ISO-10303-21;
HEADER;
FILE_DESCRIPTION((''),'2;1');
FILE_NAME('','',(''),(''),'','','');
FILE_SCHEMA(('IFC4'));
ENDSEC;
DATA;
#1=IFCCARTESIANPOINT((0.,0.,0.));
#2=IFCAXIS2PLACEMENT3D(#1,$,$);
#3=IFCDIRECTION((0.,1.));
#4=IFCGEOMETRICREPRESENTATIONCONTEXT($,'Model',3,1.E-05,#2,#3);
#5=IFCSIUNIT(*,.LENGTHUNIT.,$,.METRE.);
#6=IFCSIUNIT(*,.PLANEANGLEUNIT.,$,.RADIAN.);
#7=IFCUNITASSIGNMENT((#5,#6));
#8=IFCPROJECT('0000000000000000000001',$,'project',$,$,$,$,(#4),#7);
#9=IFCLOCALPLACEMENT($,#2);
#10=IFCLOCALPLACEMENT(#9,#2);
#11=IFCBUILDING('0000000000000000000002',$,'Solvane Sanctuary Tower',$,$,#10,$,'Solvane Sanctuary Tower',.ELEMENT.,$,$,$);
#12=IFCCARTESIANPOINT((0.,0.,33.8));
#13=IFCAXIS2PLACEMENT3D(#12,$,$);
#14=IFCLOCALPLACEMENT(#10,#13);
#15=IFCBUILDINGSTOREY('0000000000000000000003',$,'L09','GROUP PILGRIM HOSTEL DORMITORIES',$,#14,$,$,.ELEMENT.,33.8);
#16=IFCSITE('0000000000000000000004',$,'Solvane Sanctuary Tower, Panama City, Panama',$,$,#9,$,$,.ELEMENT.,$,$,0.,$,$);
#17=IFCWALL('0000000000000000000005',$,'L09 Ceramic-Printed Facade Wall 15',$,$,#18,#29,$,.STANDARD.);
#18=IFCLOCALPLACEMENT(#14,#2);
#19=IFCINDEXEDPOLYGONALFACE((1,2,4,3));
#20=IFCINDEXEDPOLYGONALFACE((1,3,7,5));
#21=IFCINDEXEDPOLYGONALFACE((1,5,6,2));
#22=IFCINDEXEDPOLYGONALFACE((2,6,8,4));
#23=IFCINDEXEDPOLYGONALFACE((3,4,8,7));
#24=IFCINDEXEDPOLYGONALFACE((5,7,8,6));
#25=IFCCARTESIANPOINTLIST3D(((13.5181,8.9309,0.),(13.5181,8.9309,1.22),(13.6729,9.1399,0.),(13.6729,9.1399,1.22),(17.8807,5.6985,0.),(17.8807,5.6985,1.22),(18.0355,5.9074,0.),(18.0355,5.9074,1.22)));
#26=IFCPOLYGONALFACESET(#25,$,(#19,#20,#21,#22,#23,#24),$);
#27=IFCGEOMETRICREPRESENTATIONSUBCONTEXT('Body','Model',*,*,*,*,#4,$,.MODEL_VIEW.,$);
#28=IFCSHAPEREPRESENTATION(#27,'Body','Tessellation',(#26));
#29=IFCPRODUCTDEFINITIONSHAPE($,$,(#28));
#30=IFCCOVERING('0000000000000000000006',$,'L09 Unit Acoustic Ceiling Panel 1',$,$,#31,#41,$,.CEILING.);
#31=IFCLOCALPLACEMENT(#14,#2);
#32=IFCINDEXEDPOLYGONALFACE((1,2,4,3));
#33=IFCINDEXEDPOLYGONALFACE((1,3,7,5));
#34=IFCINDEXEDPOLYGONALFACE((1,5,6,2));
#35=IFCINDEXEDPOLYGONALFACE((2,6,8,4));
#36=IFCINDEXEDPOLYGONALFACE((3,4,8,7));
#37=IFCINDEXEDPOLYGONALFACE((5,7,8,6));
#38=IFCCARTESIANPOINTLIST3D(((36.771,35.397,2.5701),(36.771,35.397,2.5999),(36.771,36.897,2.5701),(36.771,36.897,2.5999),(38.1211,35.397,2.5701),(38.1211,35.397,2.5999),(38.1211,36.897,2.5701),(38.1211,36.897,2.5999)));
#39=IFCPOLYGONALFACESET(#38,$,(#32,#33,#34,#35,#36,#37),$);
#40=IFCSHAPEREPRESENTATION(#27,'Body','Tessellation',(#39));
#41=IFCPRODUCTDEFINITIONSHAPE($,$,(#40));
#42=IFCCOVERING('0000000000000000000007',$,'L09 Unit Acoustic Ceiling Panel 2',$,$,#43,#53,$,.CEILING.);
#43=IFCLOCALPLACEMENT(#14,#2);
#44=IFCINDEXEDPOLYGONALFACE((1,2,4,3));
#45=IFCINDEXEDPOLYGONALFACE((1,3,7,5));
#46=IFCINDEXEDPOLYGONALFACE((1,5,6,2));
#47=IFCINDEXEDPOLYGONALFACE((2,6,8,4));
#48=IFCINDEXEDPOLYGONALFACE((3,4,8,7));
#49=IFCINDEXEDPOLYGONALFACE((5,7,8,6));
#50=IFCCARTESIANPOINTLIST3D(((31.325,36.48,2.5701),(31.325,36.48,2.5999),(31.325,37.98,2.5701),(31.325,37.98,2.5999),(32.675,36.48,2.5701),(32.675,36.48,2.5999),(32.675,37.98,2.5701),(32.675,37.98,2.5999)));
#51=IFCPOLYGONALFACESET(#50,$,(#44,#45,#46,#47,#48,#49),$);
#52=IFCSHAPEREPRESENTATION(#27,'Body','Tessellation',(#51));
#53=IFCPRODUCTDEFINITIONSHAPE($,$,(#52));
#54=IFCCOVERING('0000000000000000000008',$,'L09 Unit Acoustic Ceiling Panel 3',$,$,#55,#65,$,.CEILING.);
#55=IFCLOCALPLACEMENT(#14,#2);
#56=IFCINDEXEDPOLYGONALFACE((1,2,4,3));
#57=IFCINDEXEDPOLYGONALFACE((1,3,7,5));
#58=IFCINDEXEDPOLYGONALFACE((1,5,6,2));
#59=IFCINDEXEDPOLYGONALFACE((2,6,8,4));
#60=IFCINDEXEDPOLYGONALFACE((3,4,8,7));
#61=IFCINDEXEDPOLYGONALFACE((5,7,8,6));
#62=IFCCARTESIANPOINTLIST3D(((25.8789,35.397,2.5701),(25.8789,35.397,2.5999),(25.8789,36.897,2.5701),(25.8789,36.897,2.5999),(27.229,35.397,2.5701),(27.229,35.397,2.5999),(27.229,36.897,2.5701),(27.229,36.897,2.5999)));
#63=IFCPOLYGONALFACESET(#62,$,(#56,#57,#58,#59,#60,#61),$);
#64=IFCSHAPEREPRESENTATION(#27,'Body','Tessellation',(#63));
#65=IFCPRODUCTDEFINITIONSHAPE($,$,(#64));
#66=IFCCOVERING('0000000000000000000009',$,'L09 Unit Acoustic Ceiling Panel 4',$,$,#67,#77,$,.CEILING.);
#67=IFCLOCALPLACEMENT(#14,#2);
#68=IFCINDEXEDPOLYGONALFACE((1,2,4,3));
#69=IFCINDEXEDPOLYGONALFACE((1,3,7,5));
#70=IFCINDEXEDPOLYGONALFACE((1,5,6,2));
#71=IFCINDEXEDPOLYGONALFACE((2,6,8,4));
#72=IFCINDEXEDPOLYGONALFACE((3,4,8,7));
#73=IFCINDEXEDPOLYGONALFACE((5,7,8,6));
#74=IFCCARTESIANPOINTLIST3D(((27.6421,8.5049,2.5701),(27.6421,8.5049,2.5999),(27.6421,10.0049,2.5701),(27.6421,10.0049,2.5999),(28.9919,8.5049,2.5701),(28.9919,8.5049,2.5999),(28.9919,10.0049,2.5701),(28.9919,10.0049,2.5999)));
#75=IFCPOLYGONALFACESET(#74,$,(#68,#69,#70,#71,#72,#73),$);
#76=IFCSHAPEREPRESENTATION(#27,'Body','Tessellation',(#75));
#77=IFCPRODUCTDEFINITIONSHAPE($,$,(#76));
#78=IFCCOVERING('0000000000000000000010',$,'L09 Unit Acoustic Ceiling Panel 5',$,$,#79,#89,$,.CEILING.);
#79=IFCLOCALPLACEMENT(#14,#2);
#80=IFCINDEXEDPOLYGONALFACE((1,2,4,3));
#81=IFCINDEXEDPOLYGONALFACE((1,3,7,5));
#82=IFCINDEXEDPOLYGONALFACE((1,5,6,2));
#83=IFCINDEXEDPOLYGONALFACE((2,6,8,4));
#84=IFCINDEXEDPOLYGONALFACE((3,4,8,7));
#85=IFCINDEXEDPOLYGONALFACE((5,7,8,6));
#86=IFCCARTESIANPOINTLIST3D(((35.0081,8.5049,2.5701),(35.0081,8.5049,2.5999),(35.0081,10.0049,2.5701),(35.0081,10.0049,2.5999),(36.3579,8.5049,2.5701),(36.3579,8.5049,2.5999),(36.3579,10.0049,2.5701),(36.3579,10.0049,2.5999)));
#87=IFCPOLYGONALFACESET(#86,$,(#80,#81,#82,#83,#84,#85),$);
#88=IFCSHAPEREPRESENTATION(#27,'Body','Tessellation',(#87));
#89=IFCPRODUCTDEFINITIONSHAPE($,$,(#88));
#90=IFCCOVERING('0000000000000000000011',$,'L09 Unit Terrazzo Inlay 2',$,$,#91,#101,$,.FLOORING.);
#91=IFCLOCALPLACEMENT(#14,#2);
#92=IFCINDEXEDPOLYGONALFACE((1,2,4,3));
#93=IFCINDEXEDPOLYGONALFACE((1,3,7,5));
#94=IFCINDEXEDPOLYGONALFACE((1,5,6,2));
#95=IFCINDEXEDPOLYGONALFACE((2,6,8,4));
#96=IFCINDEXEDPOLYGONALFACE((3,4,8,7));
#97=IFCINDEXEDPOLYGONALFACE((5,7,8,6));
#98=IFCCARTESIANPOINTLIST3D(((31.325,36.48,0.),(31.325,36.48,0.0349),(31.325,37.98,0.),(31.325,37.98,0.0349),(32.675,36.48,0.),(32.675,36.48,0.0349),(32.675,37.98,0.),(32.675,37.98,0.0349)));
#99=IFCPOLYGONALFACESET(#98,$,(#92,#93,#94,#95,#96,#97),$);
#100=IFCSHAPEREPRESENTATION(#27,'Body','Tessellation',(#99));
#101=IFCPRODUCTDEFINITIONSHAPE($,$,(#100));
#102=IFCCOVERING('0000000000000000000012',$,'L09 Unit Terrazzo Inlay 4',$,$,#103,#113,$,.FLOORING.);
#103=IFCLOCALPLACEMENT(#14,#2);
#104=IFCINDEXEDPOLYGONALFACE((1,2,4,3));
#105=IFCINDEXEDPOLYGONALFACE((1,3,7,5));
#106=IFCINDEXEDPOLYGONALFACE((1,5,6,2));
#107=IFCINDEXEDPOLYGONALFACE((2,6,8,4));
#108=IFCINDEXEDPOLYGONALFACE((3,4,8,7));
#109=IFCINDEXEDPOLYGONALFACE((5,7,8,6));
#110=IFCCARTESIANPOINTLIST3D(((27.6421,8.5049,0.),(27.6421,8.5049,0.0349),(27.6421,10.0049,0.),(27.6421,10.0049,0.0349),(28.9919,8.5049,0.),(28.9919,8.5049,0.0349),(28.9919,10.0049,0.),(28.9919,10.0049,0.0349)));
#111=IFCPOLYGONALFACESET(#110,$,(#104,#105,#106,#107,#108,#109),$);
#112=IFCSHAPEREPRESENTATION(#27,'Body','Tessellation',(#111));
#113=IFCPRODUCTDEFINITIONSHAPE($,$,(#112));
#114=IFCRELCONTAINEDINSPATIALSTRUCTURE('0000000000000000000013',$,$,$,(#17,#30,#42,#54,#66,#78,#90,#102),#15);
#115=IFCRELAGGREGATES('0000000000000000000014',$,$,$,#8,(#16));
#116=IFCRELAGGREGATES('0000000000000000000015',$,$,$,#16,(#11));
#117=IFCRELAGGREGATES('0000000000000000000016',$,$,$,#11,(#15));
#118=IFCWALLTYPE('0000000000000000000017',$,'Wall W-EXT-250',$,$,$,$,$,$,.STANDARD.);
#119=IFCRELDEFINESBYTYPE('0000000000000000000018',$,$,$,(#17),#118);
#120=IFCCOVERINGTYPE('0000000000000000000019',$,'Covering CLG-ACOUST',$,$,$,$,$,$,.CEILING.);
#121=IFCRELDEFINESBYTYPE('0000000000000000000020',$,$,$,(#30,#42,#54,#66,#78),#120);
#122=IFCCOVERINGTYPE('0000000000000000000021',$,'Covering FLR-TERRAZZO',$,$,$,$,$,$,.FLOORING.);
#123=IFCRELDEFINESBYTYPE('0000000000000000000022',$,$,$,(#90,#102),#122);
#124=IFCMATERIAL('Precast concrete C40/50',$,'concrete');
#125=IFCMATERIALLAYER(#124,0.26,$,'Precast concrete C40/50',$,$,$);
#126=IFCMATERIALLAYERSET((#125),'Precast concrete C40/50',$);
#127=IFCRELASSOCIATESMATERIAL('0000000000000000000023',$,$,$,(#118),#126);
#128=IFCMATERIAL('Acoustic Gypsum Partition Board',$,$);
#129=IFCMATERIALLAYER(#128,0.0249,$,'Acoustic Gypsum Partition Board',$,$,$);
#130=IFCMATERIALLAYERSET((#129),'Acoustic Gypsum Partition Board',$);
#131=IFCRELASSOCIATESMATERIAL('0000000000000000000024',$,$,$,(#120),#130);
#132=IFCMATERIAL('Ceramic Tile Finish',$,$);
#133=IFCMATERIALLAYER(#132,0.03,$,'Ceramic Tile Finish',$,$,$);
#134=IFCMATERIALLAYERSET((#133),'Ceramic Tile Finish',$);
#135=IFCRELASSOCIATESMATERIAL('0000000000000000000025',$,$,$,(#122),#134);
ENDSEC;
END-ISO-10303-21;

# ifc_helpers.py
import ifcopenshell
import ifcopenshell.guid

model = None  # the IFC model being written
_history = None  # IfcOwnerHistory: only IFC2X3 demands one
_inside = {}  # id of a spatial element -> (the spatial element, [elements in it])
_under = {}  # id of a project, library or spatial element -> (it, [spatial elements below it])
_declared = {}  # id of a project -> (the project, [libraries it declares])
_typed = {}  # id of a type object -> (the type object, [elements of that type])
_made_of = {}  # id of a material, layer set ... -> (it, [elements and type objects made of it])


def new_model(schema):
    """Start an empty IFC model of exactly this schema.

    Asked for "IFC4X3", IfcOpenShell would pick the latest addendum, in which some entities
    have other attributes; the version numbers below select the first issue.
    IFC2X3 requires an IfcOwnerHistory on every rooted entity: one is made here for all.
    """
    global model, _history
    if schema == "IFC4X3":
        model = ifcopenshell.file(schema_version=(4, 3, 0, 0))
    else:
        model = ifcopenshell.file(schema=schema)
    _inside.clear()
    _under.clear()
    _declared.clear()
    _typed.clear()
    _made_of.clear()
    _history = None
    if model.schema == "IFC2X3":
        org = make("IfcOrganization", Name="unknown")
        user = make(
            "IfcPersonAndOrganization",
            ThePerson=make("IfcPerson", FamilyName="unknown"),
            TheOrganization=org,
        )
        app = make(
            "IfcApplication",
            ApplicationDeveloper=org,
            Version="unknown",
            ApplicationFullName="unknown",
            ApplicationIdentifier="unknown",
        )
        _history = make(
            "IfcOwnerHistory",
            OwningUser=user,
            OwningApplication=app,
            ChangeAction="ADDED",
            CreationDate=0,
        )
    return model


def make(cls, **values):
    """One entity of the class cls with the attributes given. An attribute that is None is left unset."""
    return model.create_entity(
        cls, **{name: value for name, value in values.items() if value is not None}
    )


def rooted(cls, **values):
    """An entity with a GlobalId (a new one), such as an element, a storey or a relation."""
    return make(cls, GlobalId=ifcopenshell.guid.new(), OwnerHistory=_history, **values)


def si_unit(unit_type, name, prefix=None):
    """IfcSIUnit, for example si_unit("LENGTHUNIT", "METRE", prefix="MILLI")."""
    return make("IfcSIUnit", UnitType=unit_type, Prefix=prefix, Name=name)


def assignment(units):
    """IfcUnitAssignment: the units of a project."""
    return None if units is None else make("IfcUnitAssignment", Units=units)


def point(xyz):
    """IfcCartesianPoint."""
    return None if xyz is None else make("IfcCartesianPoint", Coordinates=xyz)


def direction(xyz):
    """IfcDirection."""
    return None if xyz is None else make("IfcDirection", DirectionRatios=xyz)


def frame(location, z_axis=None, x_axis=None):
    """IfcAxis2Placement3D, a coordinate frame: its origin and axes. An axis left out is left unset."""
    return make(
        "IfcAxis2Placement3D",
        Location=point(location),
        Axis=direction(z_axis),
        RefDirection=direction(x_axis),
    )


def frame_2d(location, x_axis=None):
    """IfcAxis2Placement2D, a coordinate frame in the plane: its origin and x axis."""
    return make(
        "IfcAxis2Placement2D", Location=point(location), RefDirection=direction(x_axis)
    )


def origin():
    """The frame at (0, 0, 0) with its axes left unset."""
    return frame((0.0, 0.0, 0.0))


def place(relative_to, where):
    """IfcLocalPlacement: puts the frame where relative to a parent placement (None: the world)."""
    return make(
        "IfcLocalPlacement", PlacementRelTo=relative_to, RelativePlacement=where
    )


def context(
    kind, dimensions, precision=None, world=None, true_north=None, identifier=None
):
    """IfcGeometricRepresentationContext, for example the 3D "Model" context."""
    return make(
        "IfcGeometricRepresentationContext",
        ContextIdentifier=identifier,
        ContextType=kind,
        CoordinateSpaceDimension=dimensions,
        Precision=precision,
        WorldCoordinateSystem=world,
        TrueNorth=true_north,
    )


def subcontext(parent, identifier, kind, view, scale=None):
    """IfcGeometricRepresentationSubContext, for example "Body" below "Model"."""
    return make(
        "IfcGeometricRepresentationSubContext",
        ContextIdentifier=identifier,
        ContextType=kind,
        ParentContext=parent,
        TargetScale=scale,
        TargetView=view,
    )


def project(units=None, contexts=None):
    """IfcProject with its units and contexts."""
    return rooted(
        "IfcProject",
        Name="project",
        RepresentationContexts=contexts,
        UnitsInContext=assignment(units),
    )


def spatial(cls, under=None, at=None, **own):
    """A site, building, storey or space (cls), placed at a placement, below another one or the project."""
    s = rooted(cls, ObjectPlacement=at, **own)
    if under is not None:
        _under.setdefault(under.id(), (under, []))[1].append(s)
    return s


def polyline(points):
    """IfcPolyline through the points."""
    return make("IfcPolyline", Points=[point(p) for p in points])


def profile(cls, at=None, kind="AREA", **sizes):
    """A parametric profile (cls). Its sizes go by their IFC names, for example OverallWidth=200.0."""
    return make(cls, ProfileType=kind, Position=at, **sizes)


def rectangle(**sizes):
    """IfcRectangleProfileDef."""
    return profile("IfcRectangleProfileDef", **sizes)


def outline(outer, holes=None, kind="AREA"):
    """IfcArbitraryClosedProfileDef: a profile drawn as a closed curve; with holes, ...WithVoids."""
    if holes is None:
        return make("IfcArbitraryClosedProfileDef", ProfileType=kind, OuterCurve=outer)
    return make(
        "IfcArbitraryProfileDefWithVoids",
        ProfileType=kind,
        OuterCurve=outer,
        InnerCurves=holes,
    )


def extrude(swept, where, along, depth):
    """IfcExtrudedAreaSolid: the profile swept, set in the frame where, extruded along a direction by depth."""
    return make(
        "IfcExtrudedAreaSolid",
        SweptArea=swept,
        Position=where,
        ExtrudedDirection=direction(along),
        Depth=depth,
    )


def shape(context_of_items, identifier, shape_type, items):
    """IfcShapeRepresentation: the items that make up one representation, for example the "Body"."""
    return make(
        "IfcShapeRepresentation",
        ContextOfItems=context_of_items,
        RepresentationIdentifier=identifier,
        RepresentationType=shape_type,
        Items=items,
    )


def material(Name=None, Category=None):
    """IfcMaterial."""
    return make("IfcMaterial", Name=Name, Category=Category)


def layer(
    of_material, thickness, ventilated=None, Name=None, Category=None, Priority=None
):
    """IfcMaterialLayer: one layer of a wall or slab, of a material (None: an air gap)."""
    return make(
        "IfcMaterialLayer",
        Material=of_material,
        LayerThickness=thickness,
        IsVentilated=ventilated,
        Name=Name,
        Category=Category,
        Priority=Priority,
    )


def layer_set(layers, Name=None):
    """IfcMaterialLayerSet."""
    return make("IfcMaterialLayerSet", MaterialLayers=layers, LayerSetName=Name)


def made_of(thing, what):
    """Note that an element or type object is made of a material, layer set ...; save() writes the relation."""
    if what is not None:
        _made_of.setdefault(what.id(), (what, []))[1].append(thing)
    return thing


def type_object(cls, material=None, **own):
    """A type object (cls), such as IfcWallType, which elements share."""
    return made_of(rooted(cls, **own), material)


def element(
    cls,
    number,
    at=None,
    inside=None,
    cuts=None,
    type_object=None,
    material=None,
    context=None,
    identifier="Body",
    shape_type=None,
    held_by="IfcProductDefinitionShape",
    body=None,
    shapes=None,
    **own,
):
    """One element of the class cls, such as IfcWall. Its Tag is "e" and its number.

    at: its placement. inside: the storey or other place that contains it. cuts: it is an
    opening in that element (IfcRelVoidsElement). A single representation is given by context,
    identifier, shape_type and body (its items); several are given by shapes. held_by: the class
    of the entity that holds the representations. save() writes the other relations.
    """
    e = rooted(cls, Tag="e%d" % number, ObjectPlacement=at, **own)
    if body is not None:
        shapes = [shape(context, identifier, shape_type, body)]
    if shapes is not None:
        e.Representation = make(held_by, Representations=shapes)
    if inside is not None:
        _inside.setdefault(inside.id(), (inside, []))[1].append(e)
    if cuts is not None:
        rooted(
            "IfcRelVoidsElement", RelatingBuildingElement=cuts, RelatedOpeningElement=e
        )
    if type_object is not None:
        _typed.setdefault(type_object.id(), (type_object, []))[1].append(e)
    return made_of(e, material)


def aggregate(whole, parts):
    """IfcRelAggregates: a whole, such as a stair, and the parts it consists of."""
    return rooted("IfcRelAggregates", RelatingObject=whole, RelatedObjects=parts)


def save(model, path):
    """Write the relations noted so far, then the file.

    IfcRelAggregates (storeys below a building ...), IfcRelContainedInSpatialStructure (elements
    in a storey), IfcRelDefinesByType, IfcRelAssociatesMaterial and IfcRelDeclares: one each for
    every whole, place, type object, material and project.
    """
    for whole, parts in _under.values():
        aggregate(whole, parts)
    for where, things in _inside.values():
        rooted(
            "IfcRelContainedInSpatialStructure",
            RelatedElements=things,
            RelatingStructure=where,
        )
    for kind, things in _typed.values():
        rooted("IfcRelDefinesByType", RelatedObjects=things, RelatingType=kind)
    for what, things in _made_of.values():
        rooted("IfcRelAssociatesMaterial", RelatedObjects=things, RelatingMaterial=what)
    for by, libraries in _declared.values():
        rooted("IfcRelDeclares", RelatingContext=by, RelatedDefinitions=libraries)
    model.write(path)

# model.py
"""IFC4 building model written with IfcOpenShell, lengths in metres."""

from ifc_helpers import new_model, si_unit, direction, frame, frame_2d, origin, place, context, subcontext, project, spatial, polyline, rectangle, outline, extrude, material, layer, layer_set, type_object, element, save


model = new_model("IFC4")

# Units and contexts
model_context = context("Model", 3, precision=1e-05, world=origin(), true_north=direction((0.0, 1.0)))
body_context = subcontext(model_context, "Body", "Model", "MODEL_VIEW")
ifc_project = project(units=[si_unit("LENGTHUNIT", "METRE"), si_unit("PLANEANGLEUNIT", "RADIAN")], contexts=[model_context])

# Site, building, storey
site_placement = place(None, origin())
site = spatial("IfcSite", under=ifc_project, at=site_placement, Name="Solvane Sanctuary Tower, Panama City, Panama", CompositionType="ELEMENT", RefElevation=0.0)
building_placement = place(site_placement, origin())
building = spatial("IfcBuilding", under=site, at=building_placement, Name="Solvane Sanctuary Tower", LongName="Solvane Sanctuary Tower", CompositionType="ELEMENT")
storey_placement = place(building_placement, frame((0.0, 0.0, 33.8)))
storey = spatial("IfcBuildingStorey", under=building, at=storey_placement, Name="L09", Description="GROUP PILGRIM HOSTEL DORMITORIES", CompositionType="ELEMENT", Elevation=33.8)

# Shared definitions
ifc_material_1 = material(Name="Acoustic Gypsum Partition Board")

# Shared definitions
ifc_material_2 = material(Name="Precast concrete C40/50", Category="concrete")
ifc_layer_1 = layer(ifc_material_2, 0.26, Name="Precast concrete C40/50")
ifc_layer_set_1 = layer_set([ifc_layer_1], Name="Precast concrete C40/50")
wall_type_1 = type_object("IfcWallType", Name="Wall W-EXT-250", PredefinedType="STANDARD", material=ifc_layer_set_1)

# Wall
wall_1_placement = place(storey_placement, frame((13.5955, 9.0354, 0.0), z_axis=(0.0, 0.0, 1.0), x_axis=(0.803478, -0.595335, 0.0)))
element("IfcWall", 1, at=wall_1_placement, inside=storey, type_object=wall_type_1, Name="L09 Ceramic-Printed Facade Wall 15", PredefinedType="STANDARD", context=body_context, shape_type="SweptSolid", body=[
    extrude(rectangle(XDim=5.4297, YDim=0.26, at=frame_2d((2.7148, 0.0))), origin(), (0.0, 0.0, 1.0), 1.22),
])

# Coverings
ifc_layer_2 = layer(ifc_material_1, 0.0249, Name="Acoustic Gypsum Partition Board")
ifc_layer_set_2 = layer_set([ifc_layer_2], Name="Acoustic Gypsum Partition Board")
covering_type_1 = type_object("IfcCoveringType", Name="Covering CLG-ACOUST", PredefinedType="CEILING", material=ifc_layer_set_2)
covering_1_placement = place(storey_placement, frame((0.0, 0.0, 2.5701)))
element("IfcCovering", 2, at=covering_1_placement, inside=storey, type_object=covering_type_1, Name="L09 Unit Acoustic Ceiling Panel 1", PredefinedType="CEILING", context=body_context, shape_type="SweptSolid", body=[
    extrude(outline(polyline([(36.771, 35.397), (38.1211, 35.397), (38.1211, 36.897), (36.771, 36.897), (36.771, 35.397)])), origin(), (0.0, 0.0, 1.0), 0.0298),
])
covering_2_placement = place(storey_placement, frame((0.0, 0.0, 2.5701)))
element("IfcCovering", 3, at=covering_2_placement, inside=storey, type_object=covering_type_1, Name="L09 Unit Acoustic Ceiling Panel 2", PredefinedType="CEILING", context=body_context, shape_type="SweptSolid", body=[
    extrude(outline(polyline([(31.325, 36.48), (32.675, 36.48), (32.675, 37.98), (31.325, 37.98), (31.325, 36.48)])), origin(), (0.0, 0.0, 1.0), 0.0298),
])
covering_3_placement = place(storey_placement, frame((0.0, 0.0, 2.5701)))
element("IfcCovering", 4, at=covering_3_placement, inside=storey, type_object=covering_type_1, Name="L09 Unit Acoustic Ceiling Panel 3", PredefinedType="CEILING", context=body_context, shape_type="SweptSolid", body=[
    extrude(outline(polyline([(25.8789, 35.397), (27.229, 35.397), (27.229, 36.897), (25.8789, 36.897), (25.8789, 35.397)])), origin(), (0.0, 0.0, 1.0), 0.0298),
])
covering_4_placement = place(storey_placement, frame((0.0, 0.0, 2.5701)))
element("IfcCovering", 5, at=covering_4_placement, inside=storey, type_object=covering_type_1, Name="L09 Unit Acoustic Ceiling Panel 4", PredefinedType="CEILING", context=body_context, shape_type="SweptSolid", body=[
    extrude(outline(polyline([(27.6421, 8.5049), (28.9919, 8.5049), (28.9919, 10.0049), (27.6421, 10.0049), (27.6421, 8.5049)])), origin(), (0.0, 0.0, 1.0), 0.0298),
])
covering_5_placement = place(storey_placement, frame((0.0, 0.0, 2.5701)))
element("IfcCovering", 6, at=covering_5_placement, inside=storey, type_object=covering_type_1, Name="L09 Unit Acoustic Ceiling Panel 5", PredefinedType="CEILING", context=body_context, shape_type="SweptSolid", body=[
    extrude(outline(polyline([(35.0081, 8.5049), (36.3579, 8.5049), (36.3579, 10.0049), (35.0081, 10.0049), (35.0081, 8.5049)])), origin(), (0.0, 0.0, 1.0), 0.0298),
])
ifc_material_3 = material(Name="Ceramic Tile Finish")
ifc_layer_3 = layer(ifc_material_3, 0.03, Name="Ceramic Tile Finish")
ifc_layer_set_3 = layer_set([ifc_layer_3], Name="Ceramic Tile Finish")
covering_type_2 = type_object("IfcCoveringType", Name="Covering FLR-TERRAZZO", PredefinedType="FLOORING", material=ifc_layer_set_3)
covering_6_placement = place(storey_placement, origin())
element("IfcCovering", 7, at=covering_6_placement, inside=storey, type_object=covering_type_2, Name="L09 Unit Terrazzo Inlay 2", PredefinedType="FLOORING", context=body_context, shape_type="SweptSolid", body=[
    extrude(outline(polyline([(31.325, 36.48), (32.675, 36.48), (32.675, 37.98), (31.325, 37.98), (31.325, 36.48)])), origin(), (0.0, 0.0, 1.0), 0.0349),
])
covering_7_placement = place(storey_placement, origin())
element("IfcCovering", 8, at=covering_7_placement, inside=storey, type_object=covering_type_2, Name="L09 Unit Terrazzo Inlay 4", PredefinedType="FLOORING", context=body_context, shape_type="SweptSolid", body=[
    extrude(outline(polyline([(27.6421, 8.5049), (28.9919, 8.5049), (28.9919, 10.0049), (27.6421, 10.0049), (27.6421, 8.5049)])), origin(), (0.0, 0.0, 1.0), 0.0349),
])

save(model, "model.ifc")
